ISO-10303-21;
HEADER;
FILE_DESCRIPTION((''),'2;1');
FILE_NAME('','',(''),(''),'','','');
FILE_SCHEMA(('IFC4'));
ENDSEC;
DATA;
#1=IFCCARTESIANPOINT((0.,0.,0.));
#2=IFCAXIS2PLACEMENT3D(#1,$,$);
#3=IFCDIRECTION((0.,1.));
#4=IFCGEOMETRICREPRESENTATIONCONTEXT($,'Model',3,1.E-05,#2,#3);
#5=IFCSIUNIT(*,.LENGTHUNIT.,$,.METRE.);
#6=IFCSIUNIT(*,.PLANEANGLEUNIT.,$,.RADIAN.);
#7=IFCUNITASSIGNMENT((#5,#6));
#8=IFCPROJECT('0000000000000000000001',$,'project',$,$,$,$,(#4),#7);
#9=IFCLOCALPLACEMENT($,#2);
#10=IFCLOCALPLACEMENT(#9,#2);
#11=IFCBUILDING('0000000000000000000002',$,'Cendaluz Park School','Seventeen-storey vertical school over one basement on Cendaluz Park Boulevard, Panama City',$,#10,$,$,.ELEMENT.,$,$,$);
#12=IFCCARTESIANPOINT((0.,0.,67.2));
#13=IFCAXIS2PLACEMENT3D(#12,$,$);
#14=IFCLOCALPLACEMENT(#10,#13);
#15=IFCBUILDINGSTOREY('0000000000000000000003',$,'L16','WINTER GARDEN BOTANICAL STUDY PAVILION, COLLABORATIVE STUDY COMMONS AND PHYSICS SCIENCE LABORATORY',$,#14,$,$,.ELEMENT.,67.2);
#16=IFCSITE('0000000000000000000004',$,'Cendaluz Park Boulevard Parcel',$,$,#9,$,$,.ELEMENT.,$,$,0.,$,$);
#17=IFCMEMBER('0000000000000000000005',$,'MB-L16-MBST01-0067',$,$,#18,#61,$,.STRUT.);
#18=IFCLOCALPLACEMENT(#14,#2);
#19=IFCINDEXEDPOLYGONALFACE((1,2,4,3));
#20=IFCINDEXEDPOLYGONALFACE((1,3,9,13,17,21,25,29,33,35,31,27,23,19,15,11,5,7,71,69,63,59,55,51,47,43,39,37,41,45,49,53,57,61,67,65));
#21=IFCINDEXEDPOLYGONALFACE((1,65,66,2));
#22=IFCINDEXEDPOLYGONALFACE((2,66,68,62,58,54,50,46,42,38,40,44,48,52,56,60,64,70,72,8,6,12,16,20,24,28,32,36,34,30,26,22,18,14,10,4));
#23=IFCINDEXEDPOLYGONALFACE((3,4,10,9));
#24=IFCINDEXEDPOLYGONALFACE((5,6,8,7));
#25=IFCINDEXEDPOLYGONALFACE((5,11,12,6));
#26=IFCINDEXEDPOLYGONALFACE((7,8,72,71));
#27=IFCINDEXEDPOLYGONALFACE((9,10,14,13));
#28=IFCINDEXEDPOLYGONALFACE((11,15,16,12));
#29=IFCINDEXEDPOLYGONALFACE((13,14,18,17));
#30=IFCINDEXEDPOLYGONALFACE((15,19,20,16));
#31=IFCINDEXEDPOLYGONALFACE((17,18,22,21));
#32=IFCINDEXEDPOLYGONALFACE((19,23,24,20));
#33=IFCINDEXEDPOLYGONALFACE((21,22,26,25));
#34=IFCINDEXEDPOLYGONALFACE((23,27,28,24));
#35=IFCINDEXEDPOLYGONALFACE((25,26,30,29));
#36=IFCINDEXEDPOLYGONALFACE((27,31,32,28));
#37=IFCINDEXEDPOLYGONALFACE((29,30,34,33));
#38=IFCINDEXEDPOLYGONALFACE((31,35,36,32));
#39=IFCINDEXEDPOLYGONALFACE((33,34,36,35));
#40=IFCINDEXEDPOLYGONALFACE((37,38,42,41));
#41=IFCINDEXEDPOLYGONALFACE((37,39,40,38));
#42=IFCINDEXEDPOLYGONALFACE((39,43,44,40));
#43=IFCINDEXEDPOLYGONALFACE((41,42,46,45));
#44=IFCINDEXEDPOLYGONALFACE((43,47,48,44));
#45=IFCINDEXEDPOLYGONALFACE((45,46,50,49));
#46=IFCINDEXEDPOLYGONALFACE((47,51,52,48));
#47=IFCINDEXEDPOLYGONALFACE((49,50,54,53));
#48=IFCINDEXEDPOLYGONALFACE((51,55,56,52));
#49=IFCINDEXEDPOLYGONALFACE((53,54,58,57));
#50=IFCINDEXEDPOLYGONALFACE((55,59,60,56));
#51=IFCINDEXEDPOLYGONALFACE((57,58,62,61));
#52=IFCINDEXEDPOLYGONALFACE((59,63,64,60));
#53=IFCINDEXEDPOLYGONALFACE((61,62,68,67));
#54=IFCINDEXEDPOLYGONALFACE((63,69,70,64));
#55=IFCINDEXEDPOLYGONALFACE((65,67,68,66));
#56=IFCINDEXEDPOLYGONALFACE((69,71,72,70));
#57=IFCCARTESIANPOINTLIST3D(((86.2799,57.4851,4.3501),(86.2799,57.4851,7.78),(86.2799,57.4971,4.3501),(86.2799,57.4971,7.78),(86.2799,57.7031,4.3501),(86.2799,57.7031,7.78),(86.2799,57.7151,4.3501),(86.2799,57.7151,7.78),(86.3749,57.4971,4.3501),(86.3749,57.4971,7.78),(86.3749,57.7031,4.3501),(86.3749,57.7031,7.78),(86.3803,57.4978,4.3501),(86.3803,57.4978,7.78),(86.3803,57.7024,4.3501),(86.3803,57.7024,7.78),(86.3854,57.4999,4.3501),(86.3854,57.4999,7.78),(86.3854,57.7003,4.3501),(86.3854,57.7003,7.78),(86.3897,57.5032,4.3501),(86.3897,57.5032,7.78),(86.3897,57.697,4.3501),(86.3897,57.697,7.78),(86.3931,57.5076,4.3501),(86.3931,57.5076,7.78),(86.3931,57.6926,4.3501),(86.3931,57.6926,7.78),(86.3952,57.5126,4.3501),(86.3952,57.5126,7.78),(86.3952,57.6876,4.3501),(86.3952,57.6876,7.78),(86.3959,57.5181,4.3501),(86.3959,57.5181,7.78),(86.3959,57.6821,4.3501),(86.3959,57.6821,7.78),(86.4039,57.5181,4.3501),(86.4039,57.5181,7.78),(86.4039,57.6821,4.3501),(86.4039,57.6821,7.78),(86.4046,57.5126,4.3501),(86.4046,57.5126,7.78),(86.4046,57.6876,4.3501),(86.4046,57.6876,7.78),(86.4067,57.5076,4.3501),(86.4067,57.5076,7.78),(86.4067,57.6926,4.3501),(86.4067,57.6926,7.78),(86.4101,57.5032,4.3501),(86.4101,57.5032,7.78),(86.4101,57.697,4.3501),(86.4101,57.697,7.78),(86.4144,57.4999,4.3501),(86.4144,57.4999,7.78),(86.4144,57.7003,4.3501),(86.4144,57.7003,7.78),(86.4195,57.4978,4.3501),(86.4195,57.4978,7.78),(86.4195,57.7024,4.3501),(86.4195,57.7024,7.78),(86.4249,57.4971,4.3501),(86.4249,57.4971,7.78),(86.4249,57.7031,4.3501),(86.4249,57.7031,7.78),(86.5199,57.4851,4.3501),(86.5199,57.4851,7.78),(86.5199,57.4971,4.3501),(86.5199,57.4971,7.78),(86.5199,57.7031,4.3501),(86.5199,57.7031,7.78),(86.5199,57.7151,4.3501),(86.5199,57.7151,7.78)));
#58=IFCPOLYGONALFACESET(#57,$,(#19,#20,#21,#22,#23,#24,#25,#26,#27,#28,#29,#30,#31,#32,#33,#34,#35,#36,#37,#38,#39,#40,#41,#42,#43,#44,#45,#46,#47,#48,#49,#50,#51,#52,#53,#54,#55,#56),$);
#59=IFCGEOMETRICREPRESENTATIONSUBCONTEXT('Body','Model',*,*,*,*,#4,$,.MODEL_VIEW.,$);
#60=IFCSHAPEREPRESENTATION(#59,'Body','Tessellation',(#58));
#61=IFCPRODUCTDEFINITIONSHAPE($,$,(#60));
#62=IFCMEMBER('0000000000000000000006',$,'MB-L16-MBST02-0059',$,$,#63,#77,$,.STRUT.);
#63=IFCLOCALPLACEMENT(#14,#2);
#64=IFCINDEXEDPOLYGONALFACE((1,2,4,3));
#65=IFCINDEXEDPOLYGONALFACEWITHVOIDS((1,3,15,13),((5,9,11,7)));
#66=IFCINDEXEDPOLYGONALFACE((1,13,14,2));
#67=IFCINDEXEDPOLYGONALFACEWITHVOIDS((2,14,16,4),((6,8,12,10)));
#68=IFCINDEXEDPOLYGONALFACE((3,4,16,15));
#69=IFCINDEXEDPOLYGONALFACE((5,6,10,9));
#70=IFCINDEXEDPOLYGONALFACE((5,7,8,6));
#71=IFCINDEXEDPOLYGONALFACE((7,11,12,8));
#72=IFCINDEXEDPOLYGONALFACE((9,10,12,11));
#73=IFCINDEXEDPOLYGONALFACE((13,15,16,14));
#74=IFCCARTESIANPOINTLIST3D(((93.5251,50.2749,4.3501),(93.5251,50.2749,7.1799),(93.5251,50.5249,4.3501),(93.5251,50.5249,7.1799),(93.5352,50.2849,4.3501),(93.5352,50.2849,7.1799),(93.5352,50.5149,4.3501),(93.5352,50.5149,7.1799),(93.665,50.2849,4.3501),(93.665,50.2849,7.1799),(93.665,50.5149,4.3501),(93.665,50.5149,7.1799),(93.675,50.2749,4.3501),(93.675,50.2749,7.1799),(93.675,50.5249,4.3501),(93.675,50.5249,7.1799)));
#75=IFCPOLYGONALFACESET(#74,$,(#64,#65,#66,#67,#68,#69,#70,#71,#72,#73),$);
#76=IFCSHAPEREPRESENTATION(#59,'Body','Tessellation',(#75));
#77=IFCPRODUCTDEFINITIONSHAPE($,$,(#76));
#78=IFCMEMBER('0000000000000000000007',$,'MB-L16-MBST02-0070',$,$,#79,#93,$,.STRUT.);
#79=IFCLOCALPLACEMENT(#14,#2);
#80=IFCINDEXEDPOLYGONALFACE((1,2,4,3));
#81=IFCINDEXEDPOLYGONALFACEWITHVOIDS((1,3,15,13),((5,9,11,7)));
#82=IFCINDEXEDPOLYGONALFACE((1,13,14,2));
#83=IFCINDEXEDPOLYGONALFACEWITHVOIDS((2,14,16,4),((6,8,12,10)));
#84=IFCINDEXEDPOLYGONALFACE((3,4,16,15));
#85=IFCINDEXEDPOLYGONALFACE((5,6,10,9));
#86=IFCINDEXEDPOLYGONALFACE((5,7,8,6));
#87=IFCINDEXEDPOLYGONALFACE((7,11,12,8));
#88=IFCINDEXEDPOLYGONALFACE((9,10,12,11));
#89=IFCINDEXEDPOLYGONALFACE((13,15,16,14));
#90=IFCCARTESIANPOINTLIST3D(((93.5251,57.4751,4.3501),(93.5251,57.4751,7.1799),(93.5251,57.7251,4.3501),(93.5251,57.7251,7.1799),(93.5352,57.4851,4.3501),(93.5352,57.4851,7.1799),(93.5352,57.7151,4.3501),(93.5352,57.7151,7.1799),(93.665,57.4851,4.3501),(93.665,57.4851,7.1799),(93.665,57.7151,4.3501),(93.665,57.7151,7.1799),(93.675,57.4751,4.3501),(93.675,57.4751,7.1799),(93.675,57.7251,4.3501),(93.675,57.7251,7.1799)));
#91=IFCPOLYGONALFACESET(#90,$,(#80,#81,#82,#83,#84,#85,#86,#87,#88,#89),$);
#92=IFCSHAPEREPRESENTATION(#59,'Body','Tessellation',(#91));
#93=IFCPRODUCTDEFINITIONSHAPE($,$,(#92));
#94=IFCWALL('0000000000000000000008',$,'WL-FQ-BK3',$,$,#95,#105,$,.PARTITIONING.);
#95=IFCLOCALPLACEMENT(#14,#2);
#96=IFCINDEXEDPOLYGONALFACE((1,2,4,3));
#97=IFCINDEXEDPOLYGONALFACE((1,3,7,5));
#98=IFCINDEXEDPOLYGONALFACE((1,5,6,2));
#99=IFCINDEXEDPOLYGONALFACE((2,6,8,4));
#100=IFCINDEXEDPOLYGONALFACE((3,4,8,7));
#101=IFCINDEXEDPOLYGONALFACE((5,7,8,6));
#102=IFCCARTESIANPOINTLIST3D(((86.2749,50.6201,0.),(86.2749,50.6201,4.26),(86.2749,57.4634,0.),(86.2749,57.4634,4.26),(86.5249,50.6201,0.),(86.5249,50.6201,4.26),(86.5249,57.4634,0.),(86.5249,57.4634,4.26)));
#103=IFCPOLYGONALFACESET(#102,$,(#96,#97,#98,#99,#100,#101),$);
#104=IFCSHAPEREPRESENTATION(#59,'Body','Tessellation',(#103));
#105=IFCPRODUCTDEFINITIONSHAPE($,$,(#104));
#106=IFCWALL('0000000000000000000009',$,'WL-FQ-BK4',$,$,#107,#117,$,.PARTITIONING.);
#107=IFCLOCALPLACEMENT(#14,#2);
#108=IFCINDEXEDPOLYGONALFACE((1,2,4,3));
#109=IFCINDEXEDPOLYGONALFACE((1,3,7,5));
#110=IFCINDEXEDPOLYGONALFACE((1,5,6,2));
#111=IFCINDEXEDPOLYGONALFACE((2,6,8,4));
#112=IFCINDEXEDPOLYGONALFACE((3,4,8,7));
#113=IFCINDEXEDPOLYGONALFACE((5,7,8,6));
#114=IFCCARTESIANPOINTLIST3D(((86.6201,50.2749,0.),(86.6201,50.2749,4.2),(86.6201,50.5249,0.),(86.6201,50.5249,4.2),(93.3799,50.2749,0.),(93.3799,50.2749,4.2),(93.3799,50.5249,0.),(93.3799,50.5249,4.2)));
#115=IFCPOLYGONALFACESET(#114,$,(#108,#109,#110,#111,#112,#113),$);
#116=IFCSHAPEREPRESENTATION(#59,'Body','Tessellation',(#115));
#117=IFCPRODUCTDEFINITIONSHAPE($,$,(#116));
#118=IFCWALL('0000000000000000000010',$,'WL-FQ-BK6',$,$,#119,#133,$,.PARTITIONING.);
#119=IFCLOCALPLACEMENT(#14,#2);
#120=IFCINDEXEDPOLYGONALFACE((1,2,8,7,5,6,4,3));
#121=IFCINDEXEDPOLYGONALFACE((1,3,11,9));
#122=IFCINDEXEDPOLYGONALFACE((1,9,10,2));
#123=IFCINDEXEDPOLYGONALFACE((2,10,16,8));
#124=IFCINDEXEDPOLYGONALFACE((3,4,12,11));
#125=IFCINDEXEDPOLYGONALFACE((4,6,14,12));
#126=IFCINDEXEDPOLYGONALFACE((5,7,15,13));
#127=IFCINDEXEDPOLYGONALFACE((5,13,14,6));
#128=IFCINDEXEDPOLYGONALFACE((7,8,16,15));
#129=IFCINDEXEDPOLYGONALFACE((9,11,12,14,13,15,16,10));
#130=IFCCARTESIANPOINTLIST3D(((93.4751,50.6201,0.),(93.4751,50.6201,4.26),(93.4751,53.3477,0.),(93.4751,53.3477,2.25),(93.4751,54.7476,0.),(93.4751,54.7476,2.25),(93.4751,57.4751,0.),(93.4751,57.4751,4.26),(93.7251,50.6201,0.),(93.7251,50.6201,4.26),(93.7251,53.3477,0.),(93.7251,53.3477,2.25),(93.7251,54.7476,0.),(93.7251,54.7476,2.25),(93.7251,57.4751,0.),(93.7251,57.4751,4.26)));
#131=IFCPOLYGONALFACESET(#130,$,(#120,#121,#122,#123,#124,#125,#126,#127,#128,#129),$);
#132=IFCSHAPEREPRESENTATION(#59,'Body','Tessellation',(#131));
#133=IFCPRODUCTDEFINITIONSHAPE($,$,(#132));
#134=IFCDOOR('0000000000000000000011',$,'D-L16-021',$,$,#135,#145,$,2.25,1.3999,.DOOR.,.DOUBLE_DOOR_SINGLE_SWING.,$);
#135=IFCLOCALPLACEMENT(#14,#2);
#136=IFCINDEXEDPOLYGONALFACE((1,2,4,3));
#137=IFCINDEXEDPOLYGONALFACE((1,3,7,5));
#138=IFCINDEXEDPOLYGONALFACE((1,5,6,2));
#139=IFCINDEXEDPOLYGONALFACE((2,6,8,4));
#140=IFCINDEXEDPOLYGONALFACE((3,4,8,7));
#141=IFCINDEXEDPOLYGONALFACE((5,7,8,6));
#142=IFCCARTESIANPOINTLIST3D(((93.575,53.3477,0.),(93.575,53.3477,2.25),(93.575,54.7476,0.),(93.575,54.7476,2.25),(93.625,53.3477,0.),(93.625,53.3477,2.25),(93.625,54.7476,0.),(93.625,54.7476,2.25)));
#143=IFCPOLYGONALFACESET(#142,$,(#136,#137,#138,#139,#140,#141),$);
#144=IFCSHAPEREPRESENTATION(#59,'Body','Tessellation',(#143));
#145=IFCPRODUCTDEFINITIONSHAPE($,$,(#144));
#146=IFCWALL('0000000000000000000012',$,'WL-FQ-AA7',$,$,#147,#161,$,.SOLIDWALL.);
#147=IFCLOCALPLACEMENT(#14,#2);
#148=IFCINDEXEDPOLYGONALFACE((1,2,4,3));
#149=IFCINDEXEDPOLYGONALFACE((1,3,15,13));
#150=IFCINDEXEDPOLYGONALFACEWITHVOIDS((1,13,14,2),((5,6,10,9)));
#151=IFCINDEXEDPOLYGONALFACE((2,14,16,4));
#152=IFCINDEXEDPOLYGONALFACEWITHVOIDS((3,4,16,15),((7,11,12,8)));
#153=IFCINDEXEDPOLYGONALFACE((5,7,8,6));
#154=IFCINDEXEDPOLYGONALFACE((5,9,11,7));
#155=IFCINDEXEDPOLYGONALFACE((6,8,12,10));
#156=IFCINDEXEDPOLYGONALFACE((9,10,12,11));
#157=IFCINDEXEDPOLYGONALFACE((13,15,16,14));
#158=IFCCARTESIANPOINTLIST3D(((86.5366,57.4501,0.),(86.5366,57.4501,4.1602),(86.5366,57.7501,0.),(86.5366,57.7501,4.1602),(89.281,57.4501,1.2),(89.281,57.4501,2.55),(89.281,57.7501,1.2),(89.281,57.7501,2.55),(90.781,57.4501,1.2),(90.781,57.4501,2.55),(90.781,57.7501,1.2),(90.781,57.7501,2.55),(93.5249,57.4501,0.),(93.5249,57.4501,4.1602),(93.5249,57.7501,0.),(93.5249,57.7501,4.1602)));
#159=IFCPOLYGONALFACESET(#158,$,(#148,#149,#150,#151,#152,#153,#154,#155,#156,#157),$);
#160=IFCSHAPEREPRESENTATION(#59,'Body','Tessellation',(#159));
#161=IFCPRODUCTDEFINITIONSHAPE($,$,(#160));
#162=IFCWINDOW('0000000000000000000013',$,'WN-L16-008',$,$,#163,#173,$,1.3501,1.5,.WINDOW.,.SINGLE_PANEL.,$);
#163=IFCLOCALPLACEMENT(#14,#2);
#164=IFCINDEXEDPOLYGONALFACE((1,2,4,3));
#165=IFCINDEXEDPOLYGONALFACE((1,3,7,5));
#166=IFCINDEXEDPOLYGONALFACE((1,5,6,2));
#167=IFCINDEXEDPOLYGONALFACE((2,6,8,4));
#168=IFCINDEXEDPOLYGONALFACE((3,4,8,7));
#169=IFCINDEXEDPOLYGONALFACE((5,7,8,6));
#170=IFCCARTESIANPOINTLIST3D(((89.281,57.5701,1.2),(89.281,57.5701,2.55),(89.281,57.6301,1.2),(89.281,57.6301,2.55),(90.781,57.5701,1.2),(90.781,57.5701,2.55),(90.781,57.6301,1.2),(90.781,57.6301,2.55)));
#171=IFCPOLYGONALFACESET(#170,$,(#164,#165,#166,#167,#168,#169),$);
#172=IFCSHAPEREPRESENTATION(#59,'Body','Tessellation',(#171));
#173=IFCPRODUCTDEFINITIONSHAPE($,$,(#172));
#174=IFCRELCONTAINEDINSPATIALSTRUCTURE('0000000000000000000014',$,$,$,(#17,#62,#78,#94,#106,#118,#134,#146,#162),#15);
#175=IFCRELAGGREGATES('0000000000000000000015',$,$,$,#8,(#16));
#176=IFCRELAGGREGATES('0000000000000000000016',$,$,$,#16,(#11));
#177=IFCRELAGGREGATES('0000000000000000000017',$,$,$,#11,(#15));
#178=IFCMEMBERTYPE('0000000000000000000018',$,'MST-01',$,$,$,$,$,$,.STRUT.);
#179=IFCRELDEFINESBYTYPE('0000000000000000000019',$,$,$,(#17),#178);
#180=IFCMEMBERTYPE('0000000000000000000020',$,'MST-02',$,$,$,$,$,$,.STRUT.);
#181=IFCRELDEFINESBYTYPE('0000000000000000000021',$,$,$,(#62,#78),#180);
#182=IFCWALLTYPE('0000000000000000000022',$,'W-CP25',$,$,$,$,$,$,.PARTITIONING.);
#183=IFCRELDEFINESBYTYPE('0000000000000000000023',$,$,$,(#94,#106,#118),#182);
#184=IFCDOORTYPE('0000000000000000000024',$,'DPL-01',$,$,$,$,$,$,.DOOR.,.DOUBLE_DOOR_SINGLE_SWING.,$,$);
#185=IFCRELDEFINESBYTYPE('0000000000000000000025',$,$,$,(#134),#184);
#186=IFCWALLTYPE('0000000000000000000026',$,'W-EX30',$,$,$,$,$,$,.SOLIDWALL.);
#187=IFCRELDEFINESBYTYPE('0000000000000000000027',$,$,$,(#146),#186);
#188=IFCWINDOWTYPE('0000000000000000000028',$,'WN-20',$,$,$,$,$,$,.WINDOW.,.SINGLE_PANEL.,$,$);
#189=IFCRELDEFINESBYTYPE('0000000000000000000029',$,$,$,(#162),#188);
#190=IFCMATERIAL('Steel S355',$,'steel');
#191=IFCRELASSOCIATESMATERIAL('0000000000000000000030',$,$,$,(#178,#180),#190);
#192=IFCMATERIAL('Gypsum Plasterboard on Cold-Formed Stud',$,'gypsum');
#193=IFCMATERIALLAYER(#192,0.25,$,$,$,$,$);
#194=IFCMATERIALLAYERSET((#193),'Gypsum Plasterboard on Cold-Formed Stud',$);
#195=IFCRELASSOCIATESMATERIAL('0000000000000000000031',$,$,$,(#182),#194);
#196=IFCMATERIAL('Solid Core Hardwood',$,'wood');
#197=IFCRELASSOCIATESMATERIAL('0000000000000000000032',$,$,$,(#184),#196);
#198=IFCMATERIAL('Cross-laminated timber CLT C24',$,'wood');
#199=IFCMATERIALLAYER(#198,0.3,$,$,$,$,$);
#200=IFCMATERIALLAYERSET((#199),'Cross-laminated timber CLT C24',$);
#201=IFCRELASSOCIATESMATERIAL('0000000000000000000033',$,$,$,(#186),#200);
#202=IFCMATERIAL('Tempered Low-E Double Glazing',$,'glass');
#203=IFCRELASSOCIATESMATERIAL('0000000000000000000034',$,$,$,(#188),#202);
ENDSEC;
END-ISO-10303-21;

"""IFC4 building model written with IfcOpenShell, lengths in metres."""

from ifc_helpers import new_model, si_unit, direction, frame, frame_2d, origin, origin_2d, place, context, subcontext, project, spatial, rectangle, hollow_rectangle, i_section, extrude, material, layer, layer_set, material_profile, profile_set, type_object, element, fill, save


model = new_model("IFC4")

# Units and contexts
model_context = context("Model", 3, precision=1e-05, world=origin(), true_north=direction((0.0, 1.0)))
body_context = subcontext(model_context, "Body", "Model", "MODEL_VIEW")
ifc_project = project(units=[si_unit("LENGTHUNIT", "METRE"), si_unit("PLANEANGLEUNIT", "RADIAN")], contexts=[model_context])

# Site, building, storey
site_placement = place(None, origin())
site = spatial("IfcSite", under=ifc_project, at=site_placement, Name="Cendaluz Park Boulevard Parcel", CompositionType="ELEMENT", RefElevation=0.0)
building_placement = place(site_placement, origin())
building = spatial("IfcBuilding", under=site, at=building_placement, Name="Cendaluz Park School", Description="Seventeen-storey vertical school over one basement on Cendaluz Park Boulevard, Panama City", CompositionType="ELEMENT")
storey_placement = place(building_placement, frame((0.0, 0.0, 67.2)))
storey = spatial("IfcBuildingStorey", under=building, at=storey_placement, Name="L16", Description="WINTER GARDEN BOTANICAL STUDY PAVILION, COLLABORATIVE STUDY COMMONS AND PHYSICS SCIENCE LABORATORY", CompositionType="ELEMENT", Elevation=67.2)

# Shared definitions
ifc_material_1 = material(Name="Steel S355", Category="steel")

# Members
ifc_material_profile_1 = material_profile(ifc_material_1, i_section(OverallWidth=0.24, OverallDepth=0.23, WebThickness=0.0081, FlangeThickness=0.012, FilletRadius=0.021, at=origin_2d()), Name="HEA 240", Category="steel")
ifc_profile_set_1 = profile_set([ifc_material_profile_1], Name="Steel S355")
member_type_1 = type_object("IfcMemberType", Name="MST-01", PredefinedType="STRUT", material=ifc_profile_set_1)
member_1_placement = place(storey_placement, frame((86.3999, 57.6001, 4.3501), z_axis=(0.0, 0.0, 1.0), x_axis=(1.0, 0.0, 0.0)))
element("IfcMember", 1, at=member_1_placement, inside=storey, type_object=member_type_1, Name="MB-L16-MBST01-0067", PredefinedType="STRUT", context=body_context, shape_type="SweptSolid", body=[
    extrude(i_section(OverallWidth=0.24, OverallDepth=0.23, WebThickness=0.0081, FlangeThickness=0.012, FilletRadius=0.021, at=origin_2d()), origin(), (0.0, 0.0, 1.0), 3.4299),
])
ifc_material_profile_2 = material_profile(ifc_material_1, hollow_rectangle(XDim=0.1499, YDim=0.25, WallThickness=0.01, at=origin_2d()), Name="RHS 250x150x10", Category="steel")
ifc_profile_set_2 = profile_set([ifc_material_profile_2], Name="Steel S355")
member_type_2 = type_object("IfcMemberType", Name="MST-02", PredefinedType="STRUT", material=ifc_profile_set_2)
for number, where, z_axis, x_axis, name in (
    (2, (93.6001, 50.3999, 4.3501), (0.0, 0.0, 1.0), (1.0, 0.0, 0.0), "MB-L16-MBST02-0059"),
    (3, (93.6001, 57.6001, 4.3501), (0.0, 0.0, 1.0), (1.0, 0.0, 0.0), "MB-L16-MBST02-0070"),
):
    element("IfcMember", number, at=place(storey_placement, frame(where, z_axis=z_axis, x_axis=x_axis)), inside=storey, type_object=member_type_2, Name=name, PredefinedType="STRUT", context=body_context, shape_type="SweptSolid", body=[
        extrude(hollow_rectangle(XDim=0.1499, YDim=0.25, WallThickness=0.01, at=origin_2d()), origin(), (0.0, 0.0, 1.0), 2.8298),
    ])

# Walls
ifc_material_2 = material(Name="Gypsum Plasterboard on Cold-Formed Stud", Category="gypsum")
ifc_layer_1 = layer(ifc_material_2, 0.25)
ifc_layer_set_1 = layer_set([ifc_layer_1], Name="Gypsum Plasterboard on Cold-Formed Stud")
wall_type_1 = type_object("IfcWallType", Name="W-CP25", PredefinedType="PARTITIONING", material=ifc_layer_set_1)
wall_1_placement = place(storey_placement, frame((86.3999, 50.6201, 0.0), z_axis=(0.0, 0.0, 1.0), x_axis=(0.0, 1.0, 0.0)))
element("IfcWall", 4, at=wall_1_placement, inside=storey, type_object=wall_type_1, Name="WL-FQ-BK3", PredefinedType="PARTITIONING", context=body_context, shape_type="SweptSolid", body=[
    extrude(rectangle(XDim=6.8433, YDim=0.25, at=frame_2d((3.4216, 0.0))), origin(), (0.0, 0.0, 1.0), 4.26),
])
wall_2_placement = place(storey_placement, frame((86.6201, 50.3999, 0.0), z_axis=(0.0, 0.0, 1.0), x_axis=(1.0, 0.0, 0.0)))
element("IfcWall", 5, at=wall_2_placement, inside=storey, type_object=wall_type_1, Name="WL-FQ-BK4", PredefinedType="PARTITIONING", context=body_context, shape_type="SweptSolid", body=[
    extrude(rectangle(XDim=6.7598, YDim=0.25, at=frame_2d((3.3799, 0.0))), origin(), (0.0, 0.0, 1.0), 4.2),
])

# Wall, opening, door
wall_3_placement = place(storey_placement, frame((93.6001, 50.6201, 0.0), z_axis=(0.0, 0.0, 1.0), x_axis=(0.0, 1.0, 0.0)))
wall_3 = element("IfcWall", 6, at=wall_3_placement, inside=storey, type_object=wall_type_1, Name="WL-FQ-BK6", PredefinedType="PARTITIONING", context=body_context, shape_type="SweptSolid", body=[
    extrude(rectangle(XDim=6.855, YDim=0.25, at=frame_2d((3.4275, 0.0))), origin(), (0.0, 0.0, 1.0), 4.26),
])
opening_1_placement = place(wall_3_placement, frame((2.7275, 0.0, 0.0)))
opening_1 = element("IfcOpeningElement", 7, at=opening_1_placement, cuts=wall_3, PredefinedType="OPENING", context=body_context, shape_type="SweptSolid", body=[
    extrude(rectangle(XDim=1.3999, YDim=2.25, at=frame_2d((0.7, 1.125))), frame((0.0, 0.137, 0.0), z_axis=(0.0, -1.0, 0.0), x_axis=(1.0, 0.0, 0.0)), (0.0, 0.0, 1.0), 0.2739),
])
ifc_material_3 = material(Name="Solid Core Hardwood", Category="wood")
door_type = type_object("IfcDoorType", Name="DPL-01", OperationType="DOUBLE_DOOR_SINGLE_SWING", PredefinedType="DOOR", material=ifc_material_3)
door_placement = place(opening_1_placement, frame((1.3999, 0.0, 0.0), z_axis=(0.0, 0.0, 1.0), x_axis=(-1.0, 0.0, 0.0)))
door = element("IfcDoor", 8, at=door_placement, inside=storey, type_object=door_type, Name="D-L16-021", OperationType="DOUBLE_DOOR_SINGLE_SWING", OverallHeight=2.25, OverallWidth=1.3999, PredefinedType="DOOR", context=body_context, shape_type="SweptSolid", body=[
    extrude(rectangle(XDim=1.3999, YDim=2.25, at=frame_2d((0.7, 1.125))), frame((0.0, 0.0249, 0.0), z_axis=(0.0, -1.0, 0.0), x_axis=(1.0, 0.0, 0.0)), (0.0, 0.0, 1.0), 0.05),
])
fill(opening_1, door)

# Wall, opening, window
ifc_material_4 = material(Name="Cross-laminated timber CLT C24", Category="wood")
ifc_layer_2 = layer(ifc_material_4, 0.3)
ifc_layer_set_2 = layer_set([ifc_layer_2], Name="Cross-laminated timber CLT C24")
wall_type_2 = type_object("IfcWallType", Name="W-EX30", PredefinedType="SOLIDWALL", material=ifc_layer_set_2)
wall_4_placement = place(storey_placement, frame((86.5366, 57.6001, 0.0), z_axis=(0.0, 0.0, 1.0), x_axis=(1.0, 0.0, 0.0)))
wall_4 = element("IfcWall", 9, at=wall_4_placement, inside=storey, type_object=wall_type_2, Name="WL-FQ-AA7", PredefinedType="SOLIDWALL", context=body_context, shape_type="SweptSolid", body=[
    extrude(rectangle(XDim=6.9883, YDim=0.3, at=frame_2d((3.4941, 0.0))), origin(), (0.0, 0.0, 1.0), 4.1602),
])
opening_2_placement = place(wall_4_placement, frame((2.7444, 0.0, 1.2)))
opening_2 = element("IfcOpeningElement", 10, at=opening_2_placement, cuts=wall_4, PredefinedType="OPENING", context=body_context, shape_type="SweptSolid", body=[
    extrude(rectangle(XDim=1.5, YDim=1.3501, at=frame_2d((0.75, 0.675))), frame((0.0, 0.1621, 0.0), z_axis=(0.0, -1.0, 0.0), x_axis=(1.0, 0.0, 0.0)), (0.0, 0.0, 1.0), 0.324),
])
ifc_material_5 = material(Name="Tempered Low-E Double Glazing", Category="glass")
window_type_1 = type_object("IfcWindowType", Name="WN-20", PartitioningType="SINGLE_PANEL", PredefinedType="WINDOW", material=ifc_material_5)
window_1_placement = place(opening_2_placement, origin())
window_1 = element("IfcWindow", 11, at=window_1_placement, inside=storey, type_object=window_type_1, Name="WN-L16-008", OverallHeight=1.3501, OverallWidth=1.5, PartitioningType="SINGLE_PANEL", PredefinedType="WINDOW", context=body_context, shape_type="SweptSolid", body=[
    extrude(rectangle(XDim=1.5, YDim=1.3501, at=frame_2d((0.75, 0.675))), frame((0.0, 0.03, 0.0), z_axis=(0.0, -1.0, 0.0), x_axis=(1.0, 0.0, 0.0)), (0.0, 0.0, 1.0), 0.0601),
])
fill(opening_2, window_1)

save(model, "model.ifc")
